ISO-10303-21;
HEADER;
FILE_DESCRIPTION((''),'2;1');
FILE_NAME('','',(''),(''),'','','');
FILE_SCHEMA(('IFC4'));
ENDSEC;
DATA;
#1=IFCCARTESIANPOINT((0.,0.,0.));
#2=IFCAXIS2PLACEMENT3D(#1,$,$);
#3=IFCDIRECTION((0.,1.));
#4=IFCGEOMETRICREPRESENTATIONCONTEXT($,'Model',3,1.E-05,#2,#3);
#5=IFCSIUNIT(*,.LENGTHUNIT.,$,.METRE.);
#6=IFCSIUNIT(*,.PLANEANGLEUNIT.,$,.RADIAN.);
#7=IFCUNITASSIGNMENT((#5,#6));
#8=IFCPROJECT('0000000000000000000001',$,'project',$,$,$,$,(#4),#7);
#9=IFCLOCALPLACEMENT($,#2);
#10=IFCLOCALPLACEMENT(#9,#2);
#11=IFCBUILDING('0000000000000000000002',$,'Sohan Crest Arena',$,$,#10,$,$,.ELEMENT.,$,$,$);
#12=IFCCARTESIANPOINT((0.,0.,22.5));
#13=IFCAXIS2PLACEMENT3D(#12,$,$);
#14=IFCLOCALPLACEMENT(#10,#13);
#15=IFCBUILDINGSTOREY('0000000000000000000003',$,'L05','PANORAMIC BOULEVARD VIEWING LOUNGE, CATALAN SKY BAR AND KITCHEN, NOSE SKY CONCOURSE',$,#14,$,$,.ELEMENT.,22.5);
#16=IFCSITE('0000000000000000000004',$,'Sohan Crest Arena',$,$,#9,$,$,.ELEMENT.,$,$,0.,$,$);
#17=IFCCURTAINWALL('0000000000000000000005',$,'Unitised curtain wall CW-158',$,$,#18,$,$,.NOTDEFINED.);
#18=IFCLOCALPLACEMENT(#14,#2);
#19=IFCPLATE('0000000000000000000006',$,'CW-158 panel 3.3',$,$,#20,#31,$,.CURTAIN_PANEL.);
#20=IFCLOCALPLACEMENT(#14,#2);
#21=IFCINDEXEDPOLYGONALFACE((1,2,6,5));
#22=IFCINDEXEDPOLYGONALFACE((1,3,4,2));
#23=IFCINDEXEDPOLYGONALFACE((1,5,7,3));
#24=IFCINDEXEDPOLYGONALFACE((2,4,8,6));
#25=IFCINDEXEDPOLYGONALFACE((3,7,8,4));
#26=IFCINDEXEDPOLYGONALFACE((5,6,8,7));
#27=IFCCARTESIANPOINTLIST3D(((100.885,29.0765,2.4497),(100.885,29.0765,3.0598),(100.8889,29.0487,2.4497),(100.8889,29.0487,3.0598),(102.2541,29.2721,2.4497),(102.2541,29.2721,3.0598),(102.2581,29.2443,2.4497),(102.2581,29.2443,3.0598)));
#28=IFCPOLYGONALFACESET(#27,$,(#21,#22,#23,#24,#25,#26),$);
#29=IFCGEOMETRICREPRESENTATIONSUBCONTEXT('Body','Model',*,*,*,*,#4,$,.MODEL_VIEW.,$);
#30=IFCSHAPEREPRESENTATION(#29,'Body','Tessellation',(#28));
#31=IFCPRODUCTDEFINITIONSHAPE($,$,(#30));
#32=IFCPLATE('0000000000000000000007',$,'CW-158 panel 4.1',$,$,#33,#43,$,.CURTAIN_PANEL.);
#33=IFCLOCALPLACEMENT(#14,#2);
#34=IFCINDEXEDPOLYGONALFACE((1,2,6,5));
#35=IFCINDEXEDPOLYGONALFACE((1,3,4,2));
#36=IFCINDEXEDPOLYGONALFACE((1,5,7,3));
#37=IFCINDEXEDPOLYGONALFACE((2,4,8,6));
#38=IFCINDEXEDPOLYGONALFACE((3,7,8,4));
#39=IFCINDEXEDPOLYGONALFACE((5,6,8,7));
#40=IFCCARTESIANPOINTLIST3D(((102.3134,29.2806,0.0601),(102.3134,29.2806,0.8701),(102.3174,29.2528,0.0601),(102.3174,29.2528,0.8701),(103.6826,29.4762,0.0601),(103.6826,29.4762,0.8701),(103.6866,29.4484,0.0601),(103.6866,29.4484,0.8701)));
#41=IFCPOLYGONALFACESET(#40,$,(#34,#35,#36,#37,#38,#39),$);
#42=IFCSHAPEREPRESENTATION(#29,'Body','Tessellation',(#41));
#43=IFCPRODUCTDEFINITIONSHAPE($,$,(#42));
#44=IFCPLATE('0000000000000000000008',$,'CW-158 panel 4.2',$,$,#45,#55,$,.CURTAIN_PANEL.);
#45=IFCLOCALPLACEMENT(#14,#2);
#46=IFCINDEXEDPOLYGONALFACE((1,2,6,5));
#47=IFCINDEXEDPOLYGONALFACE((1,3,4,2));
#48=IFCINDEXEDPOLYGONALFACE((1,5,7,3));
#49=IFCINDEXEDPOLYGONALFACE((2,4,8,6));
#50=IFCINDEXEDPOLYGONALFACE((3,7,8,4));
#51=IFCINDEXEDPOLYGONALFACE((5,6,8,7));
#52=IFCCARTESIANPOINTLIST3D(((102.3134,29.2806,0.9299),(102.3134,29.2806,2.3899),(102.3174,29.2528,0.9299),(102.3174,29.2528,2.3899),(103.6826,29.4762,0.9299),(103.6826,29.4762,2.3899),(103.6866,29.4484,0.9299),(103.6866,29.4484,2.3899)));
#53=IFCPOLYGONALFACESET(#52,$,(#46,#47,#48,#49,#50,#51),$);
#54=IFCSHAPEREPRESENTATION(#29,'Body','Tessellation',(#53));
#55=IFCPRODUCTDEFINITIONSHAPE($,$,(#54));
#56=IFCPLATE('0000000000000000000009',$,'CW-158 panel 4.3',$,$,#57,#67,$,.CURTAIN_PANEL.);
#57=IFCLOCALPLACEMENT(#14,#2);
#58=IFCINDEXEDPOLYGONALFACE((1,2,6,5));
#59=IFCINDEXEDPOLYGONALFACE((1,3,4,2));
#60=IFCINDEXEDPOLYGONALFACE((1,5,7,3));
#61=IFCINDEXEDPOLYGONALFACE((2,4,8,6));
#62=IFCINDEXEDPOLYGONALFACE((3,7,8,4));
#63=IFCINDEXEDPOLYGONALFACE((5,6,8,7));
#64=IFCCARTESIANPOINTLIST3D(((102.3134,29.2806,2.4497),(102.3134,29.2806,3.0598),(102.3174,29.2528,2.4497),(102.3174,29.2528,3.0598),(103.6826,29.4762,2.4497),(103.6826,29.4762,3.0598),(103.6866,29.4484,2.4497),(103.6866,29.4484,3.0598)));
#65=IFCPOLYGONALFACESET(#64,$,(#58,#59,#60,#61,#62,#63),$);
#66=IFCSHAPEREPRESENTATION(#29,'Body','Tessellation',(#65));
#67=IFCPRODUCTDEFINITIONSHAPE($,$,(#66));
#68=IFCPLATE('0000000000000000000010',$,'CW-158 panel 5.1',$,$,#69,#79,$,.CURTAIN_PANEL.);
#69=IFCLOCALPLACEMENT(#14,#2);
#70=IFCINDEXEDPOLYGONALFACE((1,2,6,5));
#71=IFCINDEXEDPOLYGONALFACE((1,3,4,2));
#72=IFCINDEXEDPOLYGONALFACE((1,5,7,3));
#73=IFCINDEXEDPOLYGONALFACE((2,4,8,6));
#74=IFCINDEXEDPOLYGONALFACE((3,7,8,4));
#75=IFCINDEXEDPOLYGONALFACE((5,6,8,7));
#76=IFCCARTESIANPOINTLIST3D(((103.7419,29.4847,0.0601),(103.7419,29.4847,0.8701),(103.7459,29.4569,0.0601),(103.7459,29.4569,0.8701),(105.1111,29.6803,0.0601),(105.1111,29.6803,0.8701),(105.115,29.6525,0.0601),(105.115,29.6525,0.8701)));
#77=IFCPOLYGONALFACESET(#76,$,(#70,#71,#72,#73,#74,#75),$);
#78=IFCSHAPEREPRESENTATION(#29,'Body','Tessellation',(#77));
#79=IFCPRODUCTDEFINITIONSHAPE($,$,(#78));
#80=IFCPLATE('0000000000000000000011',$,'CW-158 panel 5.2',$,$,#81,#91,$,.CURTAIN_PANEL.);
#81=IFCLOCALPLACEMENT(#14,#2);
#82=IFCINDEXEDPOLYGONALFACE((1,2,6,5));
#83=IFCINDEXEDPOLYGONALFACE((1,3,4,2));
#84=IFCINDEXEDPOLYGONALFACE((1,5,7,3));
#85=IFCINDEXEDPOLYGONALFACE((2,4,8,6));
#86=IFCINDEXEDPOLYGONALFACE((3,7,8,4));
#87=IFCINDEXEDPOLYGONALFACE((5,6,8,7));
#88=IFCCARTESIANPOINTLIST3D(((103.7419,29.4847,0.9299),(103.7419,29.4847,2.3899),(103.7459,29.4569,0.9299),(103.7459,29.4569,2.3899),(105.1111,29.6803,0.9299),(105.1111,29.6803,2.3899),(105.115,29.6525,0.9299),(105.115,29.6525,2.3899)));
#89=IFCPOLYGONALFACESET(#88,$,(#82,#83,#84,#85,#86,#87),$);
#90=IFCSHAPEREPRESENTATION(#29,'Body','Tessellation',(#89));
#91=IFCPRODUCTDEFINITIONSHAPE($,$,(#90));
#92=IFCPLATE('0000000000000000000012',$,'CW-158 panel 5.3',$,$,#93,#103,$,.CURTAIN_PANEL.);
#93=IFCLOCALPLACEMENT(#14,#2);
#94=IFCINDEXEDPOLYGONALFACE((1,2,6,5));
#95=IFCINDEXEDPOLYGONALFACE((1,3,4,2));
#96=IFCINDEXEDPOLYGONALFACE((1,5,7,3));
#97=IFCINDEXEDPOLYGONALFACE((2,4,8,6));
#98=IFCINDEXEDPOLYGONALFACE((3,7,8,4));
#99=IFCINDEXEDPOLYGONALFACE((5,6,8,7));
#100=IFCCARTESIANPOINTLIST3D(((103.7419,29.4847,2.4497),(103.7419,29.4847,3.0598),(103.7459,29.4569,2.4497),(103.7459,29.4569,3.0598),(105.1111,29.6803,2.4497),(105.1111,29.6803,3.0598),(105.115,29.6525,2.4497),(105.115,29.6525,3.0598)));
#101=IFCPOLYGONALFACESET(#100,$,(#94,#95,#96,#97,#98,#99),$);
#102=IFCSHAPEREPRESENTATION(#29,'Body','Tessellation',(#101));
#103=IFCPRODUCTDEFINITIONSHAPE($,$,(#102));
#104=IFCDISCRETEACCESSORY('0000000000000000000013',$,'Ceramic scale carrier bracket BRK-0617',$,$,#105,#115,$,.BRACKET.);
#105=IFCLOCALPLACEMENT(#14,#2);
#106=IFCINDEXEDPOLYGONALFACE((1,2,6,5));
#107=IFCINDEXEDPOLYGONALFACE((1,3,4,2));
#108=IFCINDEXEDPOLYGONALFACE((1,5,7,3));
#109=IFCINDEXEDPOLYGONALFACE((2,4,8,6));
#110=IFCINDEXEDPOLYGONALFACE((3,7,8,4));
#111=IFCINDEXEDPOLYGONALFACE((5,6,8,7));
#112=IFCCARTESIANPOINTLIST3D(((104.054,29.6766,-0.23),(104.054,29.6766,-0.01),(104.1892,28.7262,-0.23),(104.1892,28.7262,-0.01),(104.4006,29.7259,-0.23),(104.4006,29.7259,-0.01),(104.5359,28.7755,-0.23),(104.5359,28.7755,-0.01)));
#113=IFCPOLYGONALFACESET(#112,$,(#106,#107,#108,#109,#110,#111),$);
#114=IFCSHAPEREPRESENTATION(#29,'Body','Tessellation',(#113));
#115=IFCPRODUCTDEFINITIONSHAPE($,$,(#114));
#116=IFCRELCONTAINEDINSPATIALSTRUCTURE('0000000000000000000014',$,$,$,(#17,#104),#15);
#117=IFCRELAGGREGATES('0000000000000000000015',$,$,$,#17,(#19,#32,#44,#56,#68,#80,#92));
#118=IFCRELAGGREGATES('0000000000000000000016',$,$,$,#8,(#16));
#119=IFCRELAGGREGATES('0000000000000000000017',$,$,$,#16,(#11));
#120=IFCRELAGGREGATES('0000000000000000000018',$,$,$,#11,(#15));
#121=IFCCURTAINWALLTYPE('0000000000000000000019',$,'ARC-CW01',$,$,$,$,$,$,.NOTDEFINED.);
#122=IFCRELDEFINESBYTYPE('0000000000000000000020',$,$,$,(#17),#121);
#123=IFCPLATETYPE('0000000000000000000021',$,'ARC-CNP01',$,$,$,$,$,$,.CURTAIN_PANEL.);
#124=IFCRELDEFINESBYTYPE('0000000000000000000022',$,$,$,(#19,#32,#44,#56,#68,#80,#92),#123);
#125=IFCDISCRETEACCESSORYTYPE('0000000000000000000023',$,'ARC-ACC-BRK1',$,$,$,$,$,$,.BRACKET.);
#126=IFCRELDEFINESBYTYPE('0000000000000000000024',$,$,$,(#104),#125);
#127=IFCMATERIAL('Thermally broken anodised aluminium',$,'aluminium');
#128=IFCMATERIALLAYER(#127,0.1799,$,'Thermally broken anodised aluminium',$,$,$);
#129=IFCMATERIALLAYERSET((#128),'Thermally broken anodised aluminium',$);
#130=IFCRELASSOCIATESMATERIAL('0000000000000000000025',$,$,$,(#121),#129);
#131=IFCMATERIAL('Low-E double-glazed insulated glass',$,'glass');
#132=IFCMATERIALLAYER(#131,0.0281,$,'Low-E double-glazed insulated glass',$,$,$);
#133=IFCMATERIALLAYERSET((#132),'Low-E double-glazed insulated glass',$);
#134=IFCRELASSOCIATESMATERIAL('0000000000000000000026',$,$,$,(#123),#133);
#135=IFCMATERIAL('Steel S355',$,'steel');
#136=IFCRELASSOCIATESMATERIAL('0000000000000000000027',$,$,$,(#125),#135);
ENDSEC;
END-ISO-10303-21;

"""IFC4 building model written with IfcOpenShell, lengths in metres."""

from ifc_helpers import new_model, si_unit, direction, frame, origin, origin_2d, place, context, subcontext, project, spatial, rectangle, extrude, material, layer, layer_set, type_object, element, aggregate, save


model = new_model("IFC4")

# Units and contexts
model_context = context("Model", 3, precision=1e-05, world=origin(), true_north=direction((0.0, 1.0)))
body_context = subcontext(model_context, "Body", "Model", "MODEL_VIEW")
ifc_project = project(units=[si_unit("LENGTHUNIT", "METRE"), si_unit("PLANEANGLEUNIT", "RADIAN")], contexts=[model_context])

# Site, building, storey
site_placement = place(None, origin())
site = spatial("IfcSite", under=ifc_project, at=site_placement, Name="Sohan Crest Arena", CompositionType="ELEMENT", RefElevation=0.0)
building_placement = place(site_placement, origin())
building = spatial("IfcBuilding", under=site, at=building_placement, Name="Sohan Crest Arena", CompositionType="ELEMENT")
storey_placement = place(building_placement, frame((0.0, 0.0, 22.5)))
storey = spatial("IfcBuildingStorey", under=building, at=storey_placement, Name="L05", Description="PANORAMIC BOULEVARD VIEWING LOUNGE, CATALAN SKY BAR AND KITCHEN, NOSE SKY CONCOURSE", CompositionType="ELEMENT", Elevation=22.5)

# Curtain wall, plates
ifc_material_1 = material(Name="Thermally broken anodised aluminium", Category="aluminium")
ifc_layer_1 = layer(ifc_material_1, 0.1799, Name="Thermally broken anodised aluminium")
ifc_layer_set_1 = layer_set([ifc_layer_1], Name="Thermally broken anodised aluminium")
curtain_wall_type = type_object("IfcCurtainWallType", Name="ARC-CW01", PredefinedType="NOTDEFINED", material=ifc_layer_set_1)
curtain_wall_placement = place(storey_placement, origin())
curtain_wall = element("IfcCurtainWall", 1, at=curtain_wall_placement, inside=storey, type_object=curtain_wall_type, Name="Unitised curtain wall CW-158", PredefinedType="NOTDEFINED")
ifc_material_2 = material(Name="Low-E double-glazed insulated glass", Category="glass")
ifc_layer_2 = layer(ifc_material_2, 0.0281, Name="Low-E double-glazed insulated glass")
ifc_layer_set_2 = layer_set([ifc_layer_2], Name="Low-E double-glazed insulated glass")
plate_type = type_object("IfcPlateType", Name="ARC-CNP01", PredefinedType="CURTAIN_PANEL", material=ifc_layer_set_2)
plate_1_placement = place(storey_placement, frame((101.5715, 29.1604, 2.4497), z_axis=(0.0, 0.0, 1.0), x_axis=(0.989944, 0.141463, 0.0)))
plate_1 = element("IfcPlate", 2, at=plate_1_placement, type_object=plate_type, Name="CW-158 panel 3.3", PredefinedType="CURTAIN_PANEL", context=body_context, shape_type="SweptSolid", body=[
    extrude(rectangle(XDim=1.3831, YDim=0.0281, at=origin_2d()), origin(), (0.0, 0.0, 1.0), 0.6101),
])
plate_2_placement = place(storey_placement, frame((103.0, 29.3645, 0.0601), z_axis=(0.0, 0.0, 1.0), x_axis=(0.989944, 0.141463, 0.0)))
plate_2 = element("IfcPlate", 3, at=plate_2_placement, type_object=plate_type, Name="CW-158 panel 4.1", PredefinedType="CURTAIN_PANEL", context=body_context, shape_type="SweptSolid", body=[
    extrude(rectangle(XDim=1.3831, YDim=0.0281, at=origin_2d()), origin(), (0.0, 0.0, 1.0), 0.8101),
])
plate_3_placement = place(storey_placement, frame((103.0, 29.3645, 0.9299), z_axis=(0.0, 0.0, 1.0), x_axis=(0.989944, 0.141463, 0.0)))
plate_3 = element("IfcPlate", 4, at=plate_3_placement, type_object=plate_type, Name="CW-158 panel 4.2", PredefinedType="CURTAIN_PANEL", context=body_context, shape_type="SweptSolid", body=[
    extrude(rectangle(XDim=1.3831, YDim=0.0281, at=origin_2d()), origin(), (0.0, 0.0, 1.0), 1.46),
])
plate_4_placement = place(storey_placement, frame((103.0, 29.3645, 2.4497), z_axis=(0.0, 0.0, 1.0), x_axis=(0.989944, 0.141463, 0.0)))
plate_4 = element("IfcPlate", 5, at=plate_4_placement, type_object=plate_type, Name="CW-158 panel 4.3", PredefinedType="CURTAIN_PANEL", context=body_context, shape_type="SweptSolid", body=[
    extrude(rectangle(XDim=1.3831, YDim=0.0281, at=origin_2d()), origin(), (0.0, 0.0, 1.0), 0.6101),
])
plate_5_placement = place(storey_placement, frame((104.4285, 29.5686, 0.0601), z_axis=(0.0, 0.0, 1.0), x_axis=(0.989944, 0.141463, 0.0)))
plate_5 = element("IfcPlate", 6, at=plate_5_placement, type_object=plate_type, Name="CW-158 panel 5.1", PredefinedType="CURTAIN_PANEL", context=body_context, shape_type="SweptSolid", body=[
    extrude(rectangle(XDim=1.3831, YDim=0.0281, at=origin_2d()), origin(), (0.0, 0.0, 1.0), 0.8101),
])
plate_6_placement = place(storey_placement, frame((104.4285, 29.5686, 0.9299), z_axis=(0.0, 0.0, 1.0), x_axis=(0.989944, 0.141463, 0.0)))
plate_6 = element("IfcPlate", 7, at=plate_6_placement, type_object=plate_type, Name="CW-158 panel 5.2", PredefinedType="CURTAIN_PANEL", context=body_context, shape_type="SweptSolid", body=[
    extrude(rectangle(XDim=1.3831, YDim=0.0281, at=origin_2d()), origin(), (0.0, 0.0, 1.0), 1.46),
])
plate_7_placement = place(storey_placement, frame((104.4285, 29.5686, 2.4497), z_axis=(0.0, 0.0, 1.0), x_axis=(0.989944, 0.141463, 0.0)))
plate_7 = element("IfcPlate", 8, at=plate_7_placement, type_object=plate_type, Name="CW-158 panel 5.3", PredefinedType="CURTAIN_PANEL", context=body_context, shape_type="SweptSolid", body=[
    extrude(rectangle(XDim=1.3831, YDim=0.0281, at=origin_2d()), origin(), (0.0, 0.0, 1.0), 0.6101),
])
aggregate(curtain_wall, [plate_1, plate_2, plate_3, plate_4, plate_5, plate_6, plate_7])

# Discrete accessory
ifc_material_3 = material(Name="Steel S355", Category="steel")
discrete_accessory_type = type_object("IfcDiscreteAccessoryType", Name="ARC-ACC-BRK1", PredefinedType="BRACKET", material=ifc_material_3)
discrete_accessory_placement = place(storey_placement, frame((104.2949, 29.2261, -0.23), z_axis=(0.0, 0.0, 1.0), x_axis=(0.990024, 0.140901, 0.0)))
element("IfcDiscreteAccessory", 9, at=discrete_accessory_placement, inside=storey, type_object=discrete_accessory_type, Name="Ceramic scale carrier bracket BRK-0617", PredefinedType="BRACKET", context=body_context, shape_type="SweptSolid", body=[
    extrude(rectangle(XDim=0.3501, YDim=0.96, at=origin_2d()), origin(), (0.0, 0.0, 1.0), 0.22),
])

save(model, "model.ifc")
